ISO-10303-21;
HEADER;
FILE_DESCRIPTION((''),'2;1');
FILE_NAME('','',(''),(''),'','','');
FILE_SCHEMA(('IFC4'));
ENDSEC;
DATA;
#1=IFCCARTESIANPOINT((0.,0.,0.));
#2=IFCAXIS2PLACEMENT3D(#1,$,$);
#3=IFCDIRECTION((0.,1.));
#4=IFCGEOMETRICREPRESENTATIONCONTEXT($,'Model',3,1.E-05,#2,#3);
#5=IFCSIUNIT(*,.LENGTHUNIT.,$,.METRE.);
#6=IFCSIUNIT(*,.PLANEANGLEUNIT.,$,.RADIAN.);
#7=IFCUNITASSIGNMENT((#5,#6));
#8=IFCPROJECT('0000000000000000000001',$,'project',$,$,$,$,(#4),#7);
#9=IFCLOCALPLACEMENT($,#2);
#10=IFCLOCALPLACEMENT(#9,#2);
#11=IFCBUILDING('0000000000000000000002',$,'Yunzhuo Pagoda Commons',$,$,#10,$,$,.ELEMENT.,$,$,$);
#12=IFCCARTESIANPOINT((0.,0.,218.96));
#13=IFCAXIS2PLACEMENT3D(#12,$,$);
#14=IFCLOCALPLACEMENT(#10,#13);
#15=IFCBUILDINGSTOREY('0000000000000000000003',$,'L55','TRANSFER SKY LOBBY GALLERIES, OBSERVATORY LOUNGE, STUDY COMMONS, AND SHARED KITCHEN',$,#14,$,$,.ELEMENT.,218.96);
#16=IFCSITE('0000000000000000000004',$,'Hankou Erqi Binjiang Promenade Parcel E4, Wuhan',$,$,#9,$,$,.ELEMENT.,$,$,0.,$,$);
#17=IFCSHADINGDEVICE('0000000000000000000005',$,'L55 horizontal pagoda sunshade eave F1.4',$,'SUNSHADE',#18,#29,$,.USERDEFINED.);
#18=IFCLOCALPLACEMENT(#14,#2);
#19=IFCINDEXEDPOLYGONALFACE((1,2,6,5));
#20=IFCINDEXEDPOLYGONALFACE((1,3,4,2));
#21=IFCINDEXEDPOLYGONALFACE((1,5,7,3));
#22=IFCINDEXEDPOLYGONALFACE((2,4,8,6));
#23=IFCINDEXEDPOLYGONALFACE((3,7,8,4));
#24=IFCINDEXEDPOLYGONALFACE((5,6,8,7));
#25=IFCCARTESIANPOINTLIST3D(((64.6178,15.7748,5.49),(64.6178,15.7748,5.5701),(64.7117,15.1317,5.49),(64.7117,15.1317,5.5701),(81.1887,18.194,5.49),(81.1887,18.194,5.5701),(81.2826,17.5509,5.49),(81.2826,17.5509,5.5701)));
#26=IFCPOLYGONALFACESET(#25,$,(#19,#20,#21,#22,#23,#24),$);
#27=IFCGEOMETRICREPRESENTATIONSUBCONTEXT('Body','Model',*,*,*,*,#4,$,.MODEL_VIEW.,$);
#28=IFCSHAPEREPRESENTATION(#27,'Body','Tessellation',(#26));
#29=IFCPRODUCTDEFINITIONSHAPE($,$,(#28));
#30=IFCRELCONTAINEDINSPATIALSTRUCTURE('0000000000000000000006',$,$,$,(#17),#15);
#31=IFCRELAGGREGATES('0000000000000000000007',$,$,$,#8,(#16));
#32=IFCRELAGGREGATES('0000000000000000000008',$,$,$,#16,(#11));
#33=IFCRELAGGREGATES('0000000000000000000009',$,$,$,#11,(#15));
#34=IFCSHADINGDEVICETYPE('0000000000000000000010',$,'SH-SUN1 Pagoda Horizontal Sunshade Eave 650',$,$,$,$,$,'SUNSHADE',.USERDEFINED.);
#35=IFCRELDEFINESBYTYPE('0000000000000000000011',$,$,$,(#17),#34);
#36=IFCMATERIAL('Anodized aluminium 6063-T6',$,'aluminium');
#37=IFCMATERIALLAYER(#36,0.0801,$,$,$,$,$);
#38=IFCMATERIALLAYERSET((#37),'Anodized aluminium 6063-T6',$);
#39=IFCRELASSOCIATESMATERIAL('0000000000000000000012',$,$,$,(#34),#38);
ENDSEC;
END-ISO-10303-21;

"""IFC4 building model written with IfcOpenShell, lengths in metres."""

from ifc_helpers import new_model, si_unit, direction, frame, origin, origin_2d, place, context, subcontext, project, spatial, rectangle, extrude, source, transform, mapped, material, layer, layer_set, type_object, element, save


model = new_model("IFC4")

# Units and contexts
model_context = context("Model", 3, precision=1e-05, world=origin(), true_north=direction((0.0, 1.0)))
body_context = subcontext(model_context, "Body", "Model", "MODEL_VIEW")
ifc_project = project(units=[si_unit("LENGTHUNIT", "METRE"), si_unit("PLANEANGLEUNIT", "RADIAN")], contexts=[model_context])

# Site, building, storey
site_placement = place(None, origin())
site = spatial("IfcSite", under=ifc_project, at=site_placement, Name="Hankou Erqi Binjiang Promenade Parcel E4, Wuhan", CompositionType="ELEMENT", RefElevation=0.0)
building_placement = place(site_placement, origin())
building = spatial("IfcBuilding", under=site, at=building_placement, Name="Yunzhuo Pagoda Commons", CompositionType="ELEMENT")
storey_placement = place(building_placement, frame((0.0, 0.0, 218.96)))
storey = spatial("IfcBuildingStorey", under=building, at=storey_placement, Name="L55", Description="TRANSFER SKY LOBBY GALLERIES, OBSERVATORY LOUNGE, STUDY COMMONS, AND SHARED KITCHEN", CompositionType="ELEMENT", Elevation=218.96)

# Shared definitions
ifc_material_1 = material(Name="Anodized aluminium 6063-T6", Category="aluminium")

# Shading device
ifc_layer_1 = layer(ifc_material_1, 0.0801)
ifc_layer_set_1 = layer_set([ifc_layer_1], Name="Anodized aluminium 6063-T6")
shading_device_type = type_object("IfcShadingDeviceType", Name="SH-SUN1 Pagoda Horizontal Sunshade Eave 650", ElementType="SUNSHADE", PredefinedType="USERDEFINED", material=ifc_layer_set_1)
shared_shape_1 = source(origin(), body_context, "Body", "SweptSolid", [
    extrude(rectangle(XDim=16.7466, YDim=0.6499, at=origin_2d()), origin(), (0.0, 0.0, 1.0), 0.0801),
])
shading_device_placement = place(storey_placement, frame((72.9502, 16.6628, 5.49), z_axis=(0.0, 0.0, 1.0), x_axis=(0.989511, 0.14446, 0.0)))
element("IfcShadingDevice", 1, at=shading_device_placement, inside=storey, type_object=shading_device_type, Name="L55 horizontal pagoda sunshade eave F1.4", ObjectType="SUNSHADE", PredefinedType="USERDEFINED", context=body_context, shape_type="MappedRepresentation", body=[
    mapped(shared_shape_1, transform((0.0, 0.0, 0.0), scale=1.0)),
])

save(model, "model.ifc")
